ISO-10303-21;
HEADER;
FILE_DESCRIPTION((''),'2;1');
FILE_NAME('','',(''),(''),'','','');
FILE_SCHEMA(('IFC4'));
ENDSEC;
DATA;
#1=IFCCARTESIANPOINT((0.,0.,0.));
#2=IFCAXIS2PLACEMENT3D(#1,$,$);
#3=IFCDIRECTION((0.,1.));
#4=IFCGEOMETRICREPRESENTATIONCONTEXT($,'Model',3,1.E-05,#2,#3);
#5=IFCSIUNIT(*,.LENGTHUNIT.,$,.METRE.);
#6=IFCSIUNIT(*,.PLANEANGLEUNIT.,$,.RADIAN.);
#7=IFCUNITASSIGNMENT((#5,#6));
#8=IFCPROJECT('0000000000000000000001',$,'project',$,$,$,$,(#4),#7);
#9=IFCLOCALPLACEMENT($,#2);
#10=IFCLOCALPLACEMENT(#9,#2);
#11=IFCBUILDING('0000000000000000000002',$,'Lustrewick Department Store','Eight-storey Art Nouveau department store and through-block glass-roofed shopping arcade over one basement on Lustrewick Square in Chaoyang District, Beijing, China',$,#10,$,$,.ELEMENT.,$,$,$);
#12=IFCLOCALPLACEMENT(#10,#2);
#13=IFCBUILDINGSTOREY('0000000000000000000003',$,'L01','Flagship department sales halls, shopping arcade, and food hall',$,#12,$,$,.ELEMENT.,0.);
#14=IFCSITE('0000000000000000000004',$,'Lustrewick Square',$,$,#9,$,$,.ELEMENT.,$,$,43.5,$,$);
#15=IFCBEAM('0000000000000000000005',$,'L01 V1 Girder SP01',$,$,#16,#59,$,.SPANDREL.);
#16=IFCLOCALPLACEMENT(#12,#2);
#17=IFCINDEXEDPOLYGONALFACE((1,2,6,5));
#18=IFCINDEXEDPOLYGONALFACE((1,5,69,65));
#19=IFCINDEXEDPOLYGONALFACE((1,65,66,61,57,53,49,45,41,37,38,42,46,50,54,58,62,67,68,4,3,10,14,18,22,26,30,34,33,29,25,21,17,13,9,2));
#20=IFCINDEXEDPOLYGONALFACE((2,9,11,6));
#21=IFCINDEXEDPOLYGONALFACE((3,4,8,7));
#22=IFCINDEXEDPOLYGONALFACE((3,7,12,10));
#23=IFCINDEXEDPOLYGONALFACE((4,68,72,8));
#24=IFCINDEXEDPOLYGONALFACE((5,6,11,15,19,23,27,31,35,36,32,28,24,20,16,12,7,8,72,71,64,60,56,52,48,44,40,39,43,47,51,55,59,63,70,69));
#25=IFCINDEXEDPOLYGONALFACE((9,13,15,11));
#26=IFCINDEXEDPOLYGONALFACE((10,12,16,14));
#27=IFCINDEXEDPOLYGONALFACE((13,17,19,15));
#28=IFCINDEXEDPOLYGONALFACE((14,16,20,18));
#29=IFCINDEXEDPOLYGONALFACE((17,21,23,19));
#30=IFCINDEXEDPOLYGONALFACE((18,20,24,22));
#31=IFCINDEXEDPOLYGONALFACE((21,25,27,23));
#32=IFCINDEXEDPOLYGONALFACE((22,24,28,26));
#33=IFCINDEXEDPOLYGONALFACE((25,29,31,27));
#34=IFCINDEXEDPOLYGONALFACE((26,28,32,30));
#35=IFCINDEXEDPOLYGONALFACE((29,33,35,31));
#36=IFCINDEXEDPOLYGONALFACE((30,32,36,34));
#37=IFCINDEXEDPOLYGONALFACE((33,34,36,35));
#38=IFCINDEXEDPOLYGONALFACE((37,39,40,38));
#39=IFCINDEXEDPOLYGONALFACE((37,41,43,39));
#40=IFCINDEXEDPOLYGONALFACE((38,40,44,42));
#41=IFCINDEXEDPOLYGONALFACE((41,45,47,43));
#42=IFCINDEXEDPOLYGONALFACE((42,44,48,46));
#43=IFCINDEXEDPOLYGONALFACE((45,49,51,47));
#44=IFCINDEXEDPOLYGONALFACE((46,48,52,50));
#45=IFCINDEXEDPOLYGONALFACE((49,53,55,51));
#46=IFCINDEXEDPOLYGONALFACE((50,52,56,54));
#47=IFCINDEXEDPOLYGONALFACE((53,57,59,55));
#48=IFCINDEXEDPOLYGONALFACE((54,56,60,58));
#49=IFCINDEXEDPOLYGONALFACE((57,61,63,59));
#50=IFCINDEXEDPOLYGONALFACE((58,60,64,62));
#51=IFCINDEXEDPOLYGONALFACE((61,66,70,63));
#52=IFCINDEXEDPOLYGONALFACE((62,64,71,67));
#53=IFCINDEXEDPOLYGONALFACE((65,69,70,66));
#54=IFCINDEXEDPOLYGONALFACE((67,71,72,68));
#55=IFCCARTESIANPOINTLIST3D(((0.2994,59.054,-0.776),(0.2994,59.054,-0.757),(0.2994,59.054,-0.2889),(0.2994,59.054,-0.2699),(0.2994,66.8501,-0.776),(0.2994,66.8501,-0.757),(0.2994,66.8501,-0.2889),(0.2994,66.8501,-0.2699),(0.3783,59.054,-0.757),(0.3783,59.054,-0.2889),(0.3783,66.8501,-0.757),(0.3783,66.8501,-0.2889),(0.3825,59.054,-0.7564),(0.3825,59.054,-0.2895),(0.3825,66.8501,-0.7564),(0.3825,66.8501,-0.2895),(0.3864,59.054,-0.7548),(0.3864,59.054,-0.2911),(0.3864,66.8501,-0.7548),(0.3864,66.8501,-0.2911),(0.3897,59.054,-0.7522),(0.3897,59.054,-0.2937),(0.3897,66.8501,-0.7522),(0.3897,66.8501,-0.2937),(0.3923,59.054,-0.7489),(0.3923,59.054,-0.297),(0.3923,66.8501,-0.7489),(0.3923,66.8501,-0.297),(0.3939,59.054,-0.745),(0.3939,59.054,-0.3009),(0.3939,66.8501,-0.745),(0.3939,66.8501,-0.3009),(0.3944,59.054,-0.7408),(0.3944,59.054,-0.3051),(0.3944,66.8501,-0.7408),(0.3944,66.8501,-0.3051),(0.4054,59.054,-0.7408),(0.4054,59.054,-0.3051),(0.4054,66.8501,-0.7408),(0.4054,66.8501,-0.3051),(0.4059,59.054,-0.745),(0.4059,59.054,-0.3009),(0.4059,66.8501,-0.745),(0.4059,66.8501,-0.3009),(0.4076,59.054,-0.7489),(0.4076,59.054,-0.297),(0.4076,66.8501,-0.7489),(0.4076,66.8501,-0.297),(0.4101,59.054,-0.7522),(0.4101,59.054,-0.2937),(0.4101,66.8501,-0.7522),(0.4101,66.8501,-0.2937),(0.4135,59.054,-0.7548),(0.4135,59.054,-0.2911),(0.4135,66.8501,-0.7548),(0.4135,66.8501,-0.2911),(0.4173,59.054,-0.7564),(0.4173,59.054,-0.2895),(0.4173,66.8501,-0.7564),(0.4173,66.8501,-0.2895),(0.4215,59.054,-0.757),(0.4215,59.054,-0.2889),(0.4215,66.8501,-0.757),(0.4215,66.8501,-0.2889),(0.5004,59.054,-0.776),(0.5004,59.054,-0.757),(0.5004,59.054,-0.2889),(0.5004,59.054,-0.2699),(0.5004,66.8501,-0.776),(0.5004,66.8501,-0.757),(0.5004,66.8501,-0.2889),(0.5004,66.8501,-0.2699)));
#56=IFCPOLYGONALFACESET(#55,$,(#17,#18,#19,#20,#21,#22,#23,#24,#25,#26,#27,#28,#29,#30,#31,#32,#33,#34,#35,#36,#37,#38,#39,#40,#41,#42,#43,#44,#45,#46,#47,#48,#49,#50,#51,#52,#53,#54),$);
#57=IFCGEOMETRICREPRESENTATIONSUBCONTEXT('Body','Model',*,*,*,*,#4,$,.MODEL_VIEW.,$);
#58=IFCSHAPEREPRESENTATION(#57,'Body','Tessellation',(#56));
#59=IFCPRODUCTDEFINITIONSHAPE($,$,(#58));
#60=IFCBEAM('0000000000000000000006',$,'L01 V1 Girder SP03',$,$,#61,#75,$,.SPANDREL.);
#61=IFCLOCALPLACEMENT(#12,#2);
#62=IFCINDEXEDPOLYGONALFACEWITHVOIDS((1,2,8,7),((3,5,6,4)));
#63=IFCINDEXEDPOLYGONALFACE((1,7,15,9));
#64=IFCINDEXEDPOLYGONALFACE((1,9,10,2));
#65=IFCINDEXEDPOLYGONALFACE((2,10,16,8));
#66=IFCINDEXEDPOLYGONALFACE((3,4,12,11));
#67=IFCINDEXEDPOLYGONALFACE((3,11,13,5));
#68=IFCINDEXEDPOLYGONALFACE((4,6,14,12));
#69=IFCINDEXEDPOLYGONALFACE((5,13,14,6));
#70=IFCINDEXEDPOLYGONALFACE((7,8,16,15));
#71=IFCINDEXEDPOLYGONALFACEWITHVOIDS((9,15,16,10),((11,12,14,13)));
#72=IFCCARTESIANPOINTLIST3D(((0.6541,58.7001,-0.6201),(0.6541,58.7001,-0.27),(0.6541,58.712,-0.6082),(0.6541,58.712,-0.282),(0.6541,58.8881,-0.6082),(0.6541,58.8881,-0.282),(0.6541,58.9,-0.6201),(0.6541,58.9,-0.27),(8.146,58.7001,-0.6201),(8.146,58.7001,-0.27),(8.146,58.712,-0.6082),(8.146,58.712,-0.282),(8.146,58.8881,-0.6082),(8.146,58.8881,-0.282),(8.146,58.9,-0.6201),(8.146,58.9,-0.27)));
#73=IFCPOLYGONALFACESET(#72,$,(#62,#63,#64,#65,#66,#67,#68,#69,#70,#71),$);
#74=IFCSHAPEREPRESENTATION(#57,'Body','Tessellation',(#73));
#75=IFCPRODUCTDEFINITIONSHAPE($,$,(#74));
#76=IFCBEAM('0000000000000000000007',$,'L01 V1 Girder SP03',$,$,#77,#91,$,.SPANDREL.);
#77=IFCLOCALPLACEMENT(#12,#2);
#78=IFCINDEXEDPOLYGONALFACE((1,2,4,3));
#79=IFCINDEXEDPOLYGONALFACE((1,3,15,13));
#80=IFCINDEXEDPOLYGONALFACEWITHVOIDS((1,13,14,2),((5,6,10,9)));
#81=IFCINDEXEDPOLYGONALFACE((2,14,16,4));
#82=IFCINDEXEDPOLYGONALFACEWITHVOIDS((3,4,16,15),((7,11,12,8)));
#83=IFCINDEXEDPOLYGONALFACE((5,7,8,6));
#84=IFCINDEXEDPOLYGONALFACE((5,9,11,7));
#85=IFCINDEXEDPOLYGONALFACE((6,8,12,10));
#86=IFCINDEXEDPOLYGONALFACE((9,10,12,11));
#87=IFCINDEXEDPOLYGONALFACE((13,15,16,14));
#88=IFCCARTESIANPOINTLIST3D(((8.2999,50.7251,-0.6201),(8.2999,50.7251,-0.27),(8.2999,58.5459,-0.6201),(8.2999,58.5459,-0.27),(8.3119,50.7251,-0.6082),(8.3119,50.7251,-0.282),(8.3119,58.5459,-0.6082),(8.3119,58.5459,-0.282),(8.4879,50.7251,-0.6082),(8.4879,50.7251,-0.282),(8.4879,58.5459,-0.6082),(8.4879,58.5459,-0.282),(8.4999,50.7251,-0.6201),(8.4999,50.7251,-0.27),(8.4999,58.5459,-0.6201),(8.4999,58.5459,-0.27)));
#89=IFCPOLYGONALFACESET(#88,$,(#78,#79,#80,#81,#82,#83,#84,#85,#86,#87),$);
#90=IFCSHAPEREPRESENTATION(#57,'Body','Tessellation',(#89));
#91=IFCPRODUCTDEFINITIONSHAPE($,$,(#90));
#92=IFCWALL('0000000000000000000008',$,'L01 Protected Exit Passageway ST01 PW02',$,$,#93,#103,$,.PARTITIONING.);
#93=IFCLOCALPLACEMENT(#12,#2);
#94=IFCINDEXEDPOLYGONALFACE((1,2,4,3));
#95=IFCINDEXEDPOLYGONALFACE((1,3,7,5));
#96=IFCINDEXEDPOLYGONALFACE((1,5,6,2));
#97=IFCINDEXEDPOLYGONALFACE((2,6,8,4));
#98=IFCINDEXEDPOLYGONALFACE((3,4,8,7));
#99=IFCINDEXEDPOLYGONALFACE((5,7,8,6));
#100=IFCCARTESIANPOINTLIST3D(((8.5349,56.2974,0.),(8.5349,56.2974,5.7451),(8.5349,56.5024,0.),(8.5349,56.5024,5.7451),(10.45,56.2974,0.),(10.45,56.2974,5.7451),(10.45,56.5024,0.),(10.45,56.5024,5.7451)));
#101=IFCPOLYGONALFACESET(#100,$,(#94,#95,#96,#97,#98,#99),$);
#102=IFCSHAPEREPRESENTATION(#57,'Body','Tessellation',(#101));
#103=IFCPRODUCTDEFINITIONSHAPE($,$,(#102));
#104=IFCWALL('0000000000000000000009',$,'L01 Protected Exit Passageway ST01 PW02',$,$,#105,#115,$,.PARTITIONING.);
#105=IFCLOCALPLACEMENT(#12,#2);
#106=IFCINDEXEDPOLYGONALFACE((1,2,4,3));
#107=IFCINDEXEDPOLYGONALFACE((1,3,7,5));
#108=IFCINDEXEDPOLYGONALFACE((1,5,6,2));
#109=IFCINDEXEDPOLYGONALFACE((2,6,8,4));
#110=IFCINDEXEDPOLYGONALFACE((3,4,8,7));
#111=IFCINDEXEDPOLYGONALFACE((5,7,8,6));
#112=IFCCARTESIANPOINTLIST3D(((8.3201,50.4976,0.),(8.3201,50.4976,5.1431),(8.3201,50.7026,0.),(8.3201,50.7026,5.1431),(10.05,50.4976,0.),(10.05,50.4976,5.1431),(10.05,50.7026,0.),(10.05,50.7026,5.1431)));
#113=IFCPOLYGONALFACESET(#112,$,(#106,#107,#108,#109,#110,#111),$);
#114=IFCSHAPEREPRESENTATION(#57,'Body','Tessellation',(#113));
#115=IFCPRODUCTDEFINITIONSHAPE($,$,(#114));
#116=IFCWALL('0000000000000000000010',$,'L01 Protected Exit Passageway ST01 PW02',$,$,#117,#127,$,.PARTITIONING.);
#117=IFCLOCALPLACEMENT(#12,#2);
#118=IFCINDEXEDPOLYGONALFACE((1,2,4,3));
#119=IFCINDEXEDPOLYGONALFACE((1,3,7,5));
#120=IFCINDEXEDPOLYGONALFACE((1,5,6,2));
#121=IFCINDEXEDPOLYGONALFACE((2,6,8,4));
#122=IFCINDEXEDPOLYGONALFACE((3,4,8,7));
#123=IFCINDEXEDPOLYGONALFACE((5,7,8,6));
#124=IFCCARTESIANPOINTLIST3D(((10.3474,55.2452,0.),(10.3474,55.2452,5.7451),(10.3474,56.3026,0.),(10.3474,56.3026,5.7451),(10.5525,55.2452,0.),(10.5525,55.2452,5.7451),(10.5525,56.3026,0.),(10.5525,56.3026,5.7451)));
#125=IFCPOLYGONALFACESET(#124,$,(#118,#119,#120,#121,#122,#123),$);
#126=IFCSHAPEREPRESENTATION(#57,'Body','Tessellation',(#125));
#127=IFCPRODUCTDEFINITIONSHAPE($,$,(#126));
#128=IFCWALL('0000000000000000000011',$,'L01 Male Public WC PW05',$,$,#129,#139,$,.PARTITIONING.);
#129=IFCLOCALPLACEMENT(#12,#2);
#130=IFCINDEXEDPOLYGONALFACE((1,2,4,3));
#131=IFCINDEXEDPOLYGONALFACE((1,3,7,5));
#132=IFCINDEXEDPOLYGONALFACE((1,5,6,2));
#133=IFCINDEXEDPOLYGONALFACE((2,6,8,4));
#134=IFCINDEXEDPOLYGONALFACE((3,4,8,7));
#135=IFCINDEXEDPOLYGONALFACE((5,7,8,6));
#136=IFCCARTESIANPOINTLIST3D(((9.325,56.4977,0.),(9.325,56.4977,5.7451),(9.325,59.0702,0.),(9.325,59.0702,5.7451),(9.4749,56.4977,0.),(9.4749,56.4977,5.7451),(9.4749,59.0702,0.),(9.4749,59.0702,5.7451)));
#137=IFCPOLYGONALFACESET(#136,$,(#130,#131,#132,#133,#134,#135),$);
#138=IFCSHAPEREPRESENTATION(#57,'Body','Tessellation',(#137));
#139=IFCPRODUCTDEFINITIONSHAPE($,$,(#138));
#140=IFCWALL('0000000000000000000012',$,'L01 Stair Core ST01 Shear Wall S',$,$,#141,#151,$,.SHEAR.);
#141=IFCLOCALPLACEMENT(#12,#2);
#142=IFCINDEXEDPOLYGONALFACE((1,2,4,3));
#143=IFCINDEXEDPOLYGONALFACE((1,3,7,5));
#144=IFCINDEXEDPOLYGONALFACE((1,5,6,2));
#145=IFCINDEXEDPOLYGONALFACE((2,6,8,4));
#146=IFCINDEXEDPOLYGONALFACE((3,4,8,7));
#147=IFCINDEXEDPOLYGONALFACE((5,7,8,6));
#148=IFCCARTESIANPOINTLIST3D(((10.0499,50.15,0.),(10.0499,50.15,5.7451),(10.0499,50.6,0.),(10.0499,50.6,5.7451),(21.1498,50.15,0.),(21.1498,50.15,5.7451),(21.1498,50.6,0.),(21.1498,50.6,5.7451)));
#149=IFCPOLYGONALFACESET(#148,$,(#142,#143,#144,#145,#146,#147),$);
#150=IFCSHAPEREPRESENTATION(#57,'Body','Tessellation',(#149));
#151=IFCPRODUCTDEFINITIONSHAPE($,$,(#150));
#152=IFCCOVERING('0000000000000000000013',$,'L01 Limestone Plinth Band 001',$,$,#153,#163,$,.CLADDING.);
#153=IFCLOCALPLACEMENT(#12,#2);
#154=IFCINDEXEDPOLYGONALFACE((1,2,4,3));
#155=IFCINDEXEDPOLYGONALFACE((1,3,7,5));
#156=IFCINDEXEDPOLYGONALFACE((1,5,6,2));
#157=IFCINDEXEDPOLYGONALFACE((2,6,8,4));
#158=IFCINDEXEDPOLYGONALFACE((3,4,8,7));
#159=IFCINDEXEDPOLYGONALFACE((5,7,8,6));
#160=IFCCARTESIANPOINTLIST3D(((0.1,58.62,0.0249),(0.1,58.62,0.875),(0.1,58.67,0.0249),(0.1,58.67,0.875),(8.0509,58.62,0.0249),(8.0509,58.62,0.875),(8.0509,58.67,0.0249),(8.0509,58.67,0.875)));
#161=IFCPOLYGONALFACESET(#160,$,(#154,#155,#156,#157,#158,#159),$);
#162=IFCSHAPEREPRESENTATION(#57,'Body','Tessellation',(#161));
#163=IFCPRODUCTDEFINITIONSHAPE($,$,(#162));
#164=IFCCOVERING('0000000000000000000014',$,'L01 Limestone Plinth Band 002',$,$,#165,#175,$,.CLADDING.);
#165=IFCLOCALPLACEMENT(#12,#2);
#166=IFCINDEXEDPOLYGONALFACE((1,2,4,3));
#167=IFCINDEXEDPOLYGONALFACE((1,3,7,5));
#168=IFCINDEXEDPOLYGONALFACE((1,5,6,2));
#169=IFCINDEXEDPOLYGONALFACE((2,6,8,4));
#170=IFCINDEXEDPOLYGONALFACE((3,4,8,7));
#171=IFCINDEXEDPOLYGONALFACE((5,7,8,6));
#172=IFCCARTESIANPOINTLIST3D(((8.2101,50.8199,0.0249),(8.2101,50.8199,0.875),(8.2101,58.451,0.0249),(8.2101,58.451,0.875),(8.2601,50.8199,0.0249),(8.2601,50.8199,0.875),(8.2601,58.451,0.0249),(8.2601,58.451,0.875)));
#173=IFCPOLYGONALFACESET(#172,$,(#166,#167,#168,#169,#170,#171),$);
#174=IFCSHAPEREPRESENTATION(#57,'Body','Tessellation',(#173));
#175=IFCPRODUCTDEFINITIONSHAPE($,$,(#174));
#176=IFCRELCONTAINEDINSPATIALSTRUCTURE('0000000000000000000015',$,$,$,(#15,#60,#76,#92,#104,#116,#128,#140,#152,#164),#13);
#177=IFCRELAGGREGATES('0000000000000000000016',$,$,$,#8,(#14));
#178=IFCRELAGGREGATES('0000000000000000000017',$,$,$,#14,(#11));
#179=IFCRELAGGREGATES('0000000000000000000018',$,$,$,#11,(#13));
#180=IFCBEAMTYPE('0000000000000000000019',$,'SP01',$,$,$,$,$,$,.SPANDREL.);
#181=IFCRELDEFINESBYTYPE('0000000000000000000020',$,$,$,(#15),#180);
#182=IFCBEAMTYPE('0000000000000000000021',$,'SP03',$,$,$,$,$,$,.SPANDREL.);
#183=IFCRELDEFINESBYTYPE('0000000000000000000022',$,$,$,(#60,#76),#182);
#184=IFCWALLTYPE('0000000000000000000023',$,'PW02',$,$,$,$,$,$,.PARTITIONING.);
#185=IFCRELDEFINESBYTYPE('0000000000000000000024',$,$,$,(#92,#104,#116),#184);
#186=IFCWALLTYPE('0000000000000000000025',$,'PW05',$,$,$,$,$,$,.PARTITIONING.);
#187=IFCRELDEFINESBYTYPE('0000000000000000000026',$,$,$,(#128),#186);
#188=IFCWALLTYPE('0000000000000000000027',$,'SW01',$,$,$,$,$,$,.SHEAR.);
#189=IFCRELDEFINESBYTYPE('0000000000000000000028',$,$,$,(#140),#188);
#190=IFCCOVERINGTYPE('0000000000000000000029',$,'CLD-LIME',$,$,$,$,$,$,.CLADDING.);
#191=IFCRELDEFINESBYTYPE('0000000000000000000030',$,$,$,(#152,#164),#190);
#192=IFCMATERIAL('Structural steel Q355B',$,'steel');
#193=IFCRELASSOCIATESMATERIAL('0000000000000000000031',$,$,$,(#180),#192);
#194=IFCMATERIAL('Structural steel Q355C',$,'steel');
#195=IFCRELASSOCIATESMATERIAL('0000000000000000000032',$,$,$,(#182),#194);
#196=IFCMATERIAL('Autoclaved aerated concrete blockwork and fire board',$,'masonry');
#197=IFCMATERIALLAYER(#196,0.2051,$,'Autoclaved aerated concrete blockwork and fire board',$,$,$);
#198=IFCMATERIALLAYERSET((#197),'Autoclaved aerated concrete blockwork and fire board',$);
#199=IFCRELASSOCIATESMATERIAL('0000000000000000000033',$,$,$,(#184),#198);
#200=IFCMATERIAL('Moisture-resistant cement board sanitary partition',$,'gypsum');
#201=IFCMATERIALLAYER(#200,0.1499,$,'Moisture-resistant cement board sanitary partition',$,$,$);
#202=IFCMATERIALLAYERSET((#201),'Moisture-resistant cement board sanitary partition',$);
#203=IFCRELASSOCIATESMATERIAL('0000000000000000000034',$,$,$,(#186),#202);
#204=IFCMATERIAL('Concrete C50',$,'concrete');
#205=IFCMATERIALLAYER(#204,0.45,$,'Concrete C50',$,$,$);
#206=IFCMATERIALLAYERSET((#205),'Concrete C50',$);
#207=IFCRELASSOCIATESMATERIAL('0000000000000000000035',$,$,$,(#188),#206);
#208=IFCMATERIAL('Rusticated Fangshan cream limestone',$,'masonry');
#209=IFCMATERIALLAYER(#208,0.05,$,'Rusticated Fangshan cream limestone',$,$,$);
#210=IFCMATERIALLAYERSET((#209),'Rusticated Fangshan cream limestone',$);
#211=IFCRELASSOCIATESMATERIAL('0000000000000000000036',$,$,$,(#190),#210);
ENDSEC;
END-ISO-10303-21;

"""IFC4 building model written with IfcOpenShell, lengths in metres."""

from ifc_helpers import new_model, si_unit, direction, frame, frame_2d, origin, origin_2d, place, context, subcontext, project, spatial, rectangle, hollow_rectangle, i_section, extrude, material, layer, layer_set, material_profile, profile_set, type_object, element, save


model = new_model("IFC4")

# Units and contexts
model_context = context("Model", 3, precision=1e-05, world=origin(), true_north=direction((0.0, 1.0)))
body_context = subcontext(model_context, "Body", "Model", "MODEL_VIEW")
ifc_project = project(units=[si_unit("LENGTHUNIT", "METRE"), si_unit("PLANEANGLEUNIT", "RADIAN")], contexts=[model_context])

# Site, building, storey
site_placement = place(None, origin())
site = spatial("IfcSite", under=ifc_project, at=site_placement, Name="Lustrewick Square", CompositionType="ELEMENT", RefElevation=43.5)
building_placement = place(site_placement, origin())
building = spatial("IfcBuilding", under=site, at=building_placement, Name="Lustrewick Department Store", Description="Eight-storey Art Nouveau department store and through-block glass-roofed shopping arcade over one basement on Lustrewick Square in Chaoyang District, Beijing, China", CompositionType="ELEMENT")
storey_placement = place(building_placement, origin())
storey = spatial("IfcBuildingStorey", under=building, at=storey_placement, Name="L01", Description="Flagship department sales halls, shopping arcade, and food hall", CompositionType="ELEMENT", Elevation=0.0)

# Shared definitions
ifc_material_1 = material(Name="Structural steel Q355C", Category="steel")

# Beams
ifc_material_2 = material(Name="Structural steel Q355B", Category="steel")
ifc_material_profile_1 = material_profile(ifc_material_2, i_section(OverallWidth=0.2009, OverallDepth=0.5061, WebThickness=0.011, FlangeThickness=0.019, FilletRadius=0.0161, at=origin_2d()), Name="HN 506x201x11x19")
ifc_profile_set_1 = profile_set([ifc_material_profile_1], Name="Structural steel Q355B")
beam_type_1 = type_object("IfcBeamType", Name="SP01", PredefinedType="SPANDREL", material=ifc_profile_set_1)
beam_1_placement = place(storey_placement, frame((0.3999, 59.054, -0.5229), z_axis=(0.0, 1.0, 0.0), x_axis=(-1.0, 0.0, 0.0)))
element("IfcBeam", 1, at=beam_1_placement, inside=storey, type_object=beam_type_1, Name="L01 V1 Girder SP01", PredefinedType="SPANDREL", context=body_context, shape_type="SweptSolid", body=[
    extrude(i_section(OverallWidth=0.2009, OverallDepth=0.5061, WebThickness=0.011, FlangeThickness=0.019, FilletRadius=0.0161, at=origin_2d()), origin(), (0.0, 0.0, 1.0), 7.7961),
])
ifc_material_profile_2 = material_profile(ifc_material_1, hollow_rectangle(XDim=0.2, YDim=0.3501, WallThickness=0.012, at=origin_2d()), Name="RHS 350x200x12")
ifc_profile_set_2 = profile_set([ifc_material_profile_2], Name="Structural steel Q355C")
beam_type_2 = type_object("IfcBeamType", Name="SP03", PredefinedType="SPANDREL", material=ifc_profile_set_2)
beam_2_placement = place(storey_placement, frame((0.6541, 58.8, -0.4451), z_axis=(1.0, 0.0, 0.0), x_axis=(0.0, 1.0, 0.0)))
element("IfcBeam", 2, at=beam_2_placement, inside=storey, type_object=beam_type_2, Name="L01 V1 Girder SP03", PredefinedType="SPANDREL", context=body_context, shape_type="SweptSolid", body=[
    extrude(hollow_rectangle(XDim=0.2, YDim=0.3501, WallThickness=0.012, at=origin_2d()), origin(), (0.0, 0.0, 1.0), 7.4919),
])
beam_3_placement = place(storey_placement, frame((8.3999, 50.7251, -0.4451), z_axis=(0.0, 1.0, 0.0), x_axis=(-1.0, 0.0, 0.0)))
element("IfcBeam", 3, at=beam_3_placement, inside=storey, type_object=beam_type_2, Name="L01 V1 Girder SP03", PredefinedType="SPANDREL", context=body_context, shape_type="SweptSolid", body=[
    extrude(hollow_rectangle(XDim=0.2, YDim=0.3501, WallThickness=0.012, at=origin_2d()), origin(), (0.0, 0.0, 1.0), 7.8208),
])

# Walls
ifc_material_3 = material(Name="Autoclaved aerated concrete blockwork and fire board", Category="masonry")
ifc_layer_1 = layer(ifc_material_3, 0.2051, Name="Autoclaved aerated concrete blockwork and fire board")
ifc_layer_set_1 = layer_set([ifc_layer_1], Name="Autoclaved aerated concrete blockwork and fire board")
wall_type_1 = type_object("IfcWallType", Name="PW02", PredefinedType="PARTITIONING", material=ifc_layer_set_1)
wall_1_placement = place(storey_placement, frame((10.45, 56.3999, 0.0), z_axis=(0.0, 0.0, 1.0), x_axis=(-1.0, 0.0, 0.0)))
element("IfcWall", 4, at=wall_1_placement, inside=storey, type_object=wall_type_1, Name="L01 Protected Exit Passageway ST01 PW02", PredefinedType="PARTITIONING", context=body_context, shape_type="SweptSolid", body=[
    extrude(rectangle(XDim=1.915, YDim=0.2051, at=frame_2d((0.9575, 0.0))), origin(), (0.0, 0.0, 1.0), 5.7451),
])
wall_2_placement = place(storey_placement, frame((8.3201, 50.6001, 0.0), z_axis=(0.0, 0.0, 1.0), x_axis=(1.0, 0.0, 0.0)))
element("IfcWall", 5, at=wall_2_placement, inside=storey, type_object=wall_type_1, Name="L01 Protected Exit Passageway ST01 PW02", PredefinedType="PARTITIONING", context=body_context, shape_type="SweptSolid", body=[
    extrude(rectangle(XDim=1.73, YDim=0.2051, at=frame_2d((0.865, 0.0))), origin(), (0.0, 0.0, 1.0), 5.1431),
])
wall_3_placement = place(storey_placement, frame((10.45, 55.2451, 0.0), z_axis=(0.0, 0.0, 1.0), x_axis=(0.0, 1.0, 0.0)))
element("IfcWall", 6, at=wall_3_placement, inside=storey, type_object=wall_type_1, Name="L01 Protected Exit Passageway ST01 PW02", PredefinedType="PARTITIONING", context=body_context, shape_type="SweptSolid", body=[
    extrude(rectangle(XDim=1.0574, YDim=0.2051, at=frame_2d((0.5288, 0.0))), origin(), (0.0, 0.0, 1.0), 5.7451),
])
ifc_material_4 = material(Name="Moisture-resistant cement board sanitary partition", Category="gypsum")
ifc_layer_2 = layer(ifc_material_4, 0.1499, Name="Moisture-resistant cement board sanitary partition")
ifc_layer_set_2 = layer_set([ifc_layer_2], Name="Moisture-resistant cement board sanitary partition")
wall_type_2 = type_object("IfcWallType", Name="PW05", PredefinedType="PARTITIONING", material=ifc_layer_set_2)
wall_4_placement = place(storey_placement, frame((9.3999, 59.0701, 0.0), z_axis=(0.0, 0.0, 1.0), x_axis=(0.0, -1.0, 0.0)))
element("IfcWall", 7, at=wall_4_placement, inside=storey, type_object=wall_type_2, Name="L01 Male Public WC PW05", PredefinedType="PARTITIONING", context=body_context, shape_type="SweptSolid", body=[
    extrude(rectangle(XDim=2.5725, YDim=0.1499, at=frame_2d((1.2861, 0.0))), origin(), (0.0, 0.0, 1.0), 5.7451),
])
ifc_material_5 = material(Name="Concrete C50", Category="concrete")
ifc_layer_3 = layer(ifc_material_5, 0.45, Name="Concrete C50")
ifc_layer_set_3 = layer_set([ifc_layer_3], Name="Concrete C50")
wall_type_3 = type_object("IfcWallType", Name="SW01", PredefinedType="SHEAR", material=ifc_layer_set_3)
wall_5_placement = place(storey_placement, frame((10.05, 50.375, 0.0), z_axis=(0.0, 0.0, 1.0), x_axis=(1.0, 0.0, 0.0)))
element("IfcWall", 8, at=wall_5_placement, inside=storey, type_object=wall_type_3, Name="L01 Stair Core ST01 Shear Wall S", PredefinedType="SHEAR", context=body_context, shape_type="SweptSolid", body=[
    extrude(rectangle(XDim=11.0999, YDim=0.45, at=frame_2d((5.5498, 0.0))), origin(), (0.0, 0.0, 1.0), 5.7451),
])

# Coverings
ifc_material_6 = material(Name="Rusticated Fangshan cream limestone", Category="masonry")
ifc_layer_4 = layer(ifc_material_6, 0.05, Name="Rusticated Fangshan cream limestone")
ifc_layer_set_4 = layer_set([ifc_layer_4], Name="Rusticated Fangshan cream limestone")
covering_type = type_object("IfcCoveringType", Name="CLD-LIME", PredefinedType="CLADDING", material=ifc_layer_set_4)
covering_1_placement = place(storey_placement, frame((4.0754, 58.645, 0.0249), z_axis=(0.0, 0.0, 1.0), x_axis=(1.0, 0.0, 0.0)))
element("IfcCovering", 9, at=covering_1_placement, inside=storey, type_object=covering_type, Name="L01 Limestone Plinth Band 001", PredefinedType="CLADDING", context=body_context, shape_type="SweptSolid", body=[
    extrude(rectangle(XDim=7.9509, YDim=0.05, at=origin_2d()), origin(), (0.0, 0.0, 1.0), 0.8501),
])
covering_2_placement = place(storey_placement, frame((8.2351, 54.6355, 0.0249), z_axis=(0.0, 0.0, 1.0), x_axis=(0.0, -1.0, 0.0)))
element("IfcCovering", 10, at=covering_2_placement, inside=storey, type_object=covering_type, Name="L01 Limestone Plinth Band 002", PredefinedType="CLADDING", context=body_context, shape_type="SweptSolid", body=[
    extrude(rectangle(XDim=7.6311, YDim=0.05, at=origin_2d()), origin(), (0.0, 0.0, 1.0), 0.8501),
])

save(model, "model.ifc")
